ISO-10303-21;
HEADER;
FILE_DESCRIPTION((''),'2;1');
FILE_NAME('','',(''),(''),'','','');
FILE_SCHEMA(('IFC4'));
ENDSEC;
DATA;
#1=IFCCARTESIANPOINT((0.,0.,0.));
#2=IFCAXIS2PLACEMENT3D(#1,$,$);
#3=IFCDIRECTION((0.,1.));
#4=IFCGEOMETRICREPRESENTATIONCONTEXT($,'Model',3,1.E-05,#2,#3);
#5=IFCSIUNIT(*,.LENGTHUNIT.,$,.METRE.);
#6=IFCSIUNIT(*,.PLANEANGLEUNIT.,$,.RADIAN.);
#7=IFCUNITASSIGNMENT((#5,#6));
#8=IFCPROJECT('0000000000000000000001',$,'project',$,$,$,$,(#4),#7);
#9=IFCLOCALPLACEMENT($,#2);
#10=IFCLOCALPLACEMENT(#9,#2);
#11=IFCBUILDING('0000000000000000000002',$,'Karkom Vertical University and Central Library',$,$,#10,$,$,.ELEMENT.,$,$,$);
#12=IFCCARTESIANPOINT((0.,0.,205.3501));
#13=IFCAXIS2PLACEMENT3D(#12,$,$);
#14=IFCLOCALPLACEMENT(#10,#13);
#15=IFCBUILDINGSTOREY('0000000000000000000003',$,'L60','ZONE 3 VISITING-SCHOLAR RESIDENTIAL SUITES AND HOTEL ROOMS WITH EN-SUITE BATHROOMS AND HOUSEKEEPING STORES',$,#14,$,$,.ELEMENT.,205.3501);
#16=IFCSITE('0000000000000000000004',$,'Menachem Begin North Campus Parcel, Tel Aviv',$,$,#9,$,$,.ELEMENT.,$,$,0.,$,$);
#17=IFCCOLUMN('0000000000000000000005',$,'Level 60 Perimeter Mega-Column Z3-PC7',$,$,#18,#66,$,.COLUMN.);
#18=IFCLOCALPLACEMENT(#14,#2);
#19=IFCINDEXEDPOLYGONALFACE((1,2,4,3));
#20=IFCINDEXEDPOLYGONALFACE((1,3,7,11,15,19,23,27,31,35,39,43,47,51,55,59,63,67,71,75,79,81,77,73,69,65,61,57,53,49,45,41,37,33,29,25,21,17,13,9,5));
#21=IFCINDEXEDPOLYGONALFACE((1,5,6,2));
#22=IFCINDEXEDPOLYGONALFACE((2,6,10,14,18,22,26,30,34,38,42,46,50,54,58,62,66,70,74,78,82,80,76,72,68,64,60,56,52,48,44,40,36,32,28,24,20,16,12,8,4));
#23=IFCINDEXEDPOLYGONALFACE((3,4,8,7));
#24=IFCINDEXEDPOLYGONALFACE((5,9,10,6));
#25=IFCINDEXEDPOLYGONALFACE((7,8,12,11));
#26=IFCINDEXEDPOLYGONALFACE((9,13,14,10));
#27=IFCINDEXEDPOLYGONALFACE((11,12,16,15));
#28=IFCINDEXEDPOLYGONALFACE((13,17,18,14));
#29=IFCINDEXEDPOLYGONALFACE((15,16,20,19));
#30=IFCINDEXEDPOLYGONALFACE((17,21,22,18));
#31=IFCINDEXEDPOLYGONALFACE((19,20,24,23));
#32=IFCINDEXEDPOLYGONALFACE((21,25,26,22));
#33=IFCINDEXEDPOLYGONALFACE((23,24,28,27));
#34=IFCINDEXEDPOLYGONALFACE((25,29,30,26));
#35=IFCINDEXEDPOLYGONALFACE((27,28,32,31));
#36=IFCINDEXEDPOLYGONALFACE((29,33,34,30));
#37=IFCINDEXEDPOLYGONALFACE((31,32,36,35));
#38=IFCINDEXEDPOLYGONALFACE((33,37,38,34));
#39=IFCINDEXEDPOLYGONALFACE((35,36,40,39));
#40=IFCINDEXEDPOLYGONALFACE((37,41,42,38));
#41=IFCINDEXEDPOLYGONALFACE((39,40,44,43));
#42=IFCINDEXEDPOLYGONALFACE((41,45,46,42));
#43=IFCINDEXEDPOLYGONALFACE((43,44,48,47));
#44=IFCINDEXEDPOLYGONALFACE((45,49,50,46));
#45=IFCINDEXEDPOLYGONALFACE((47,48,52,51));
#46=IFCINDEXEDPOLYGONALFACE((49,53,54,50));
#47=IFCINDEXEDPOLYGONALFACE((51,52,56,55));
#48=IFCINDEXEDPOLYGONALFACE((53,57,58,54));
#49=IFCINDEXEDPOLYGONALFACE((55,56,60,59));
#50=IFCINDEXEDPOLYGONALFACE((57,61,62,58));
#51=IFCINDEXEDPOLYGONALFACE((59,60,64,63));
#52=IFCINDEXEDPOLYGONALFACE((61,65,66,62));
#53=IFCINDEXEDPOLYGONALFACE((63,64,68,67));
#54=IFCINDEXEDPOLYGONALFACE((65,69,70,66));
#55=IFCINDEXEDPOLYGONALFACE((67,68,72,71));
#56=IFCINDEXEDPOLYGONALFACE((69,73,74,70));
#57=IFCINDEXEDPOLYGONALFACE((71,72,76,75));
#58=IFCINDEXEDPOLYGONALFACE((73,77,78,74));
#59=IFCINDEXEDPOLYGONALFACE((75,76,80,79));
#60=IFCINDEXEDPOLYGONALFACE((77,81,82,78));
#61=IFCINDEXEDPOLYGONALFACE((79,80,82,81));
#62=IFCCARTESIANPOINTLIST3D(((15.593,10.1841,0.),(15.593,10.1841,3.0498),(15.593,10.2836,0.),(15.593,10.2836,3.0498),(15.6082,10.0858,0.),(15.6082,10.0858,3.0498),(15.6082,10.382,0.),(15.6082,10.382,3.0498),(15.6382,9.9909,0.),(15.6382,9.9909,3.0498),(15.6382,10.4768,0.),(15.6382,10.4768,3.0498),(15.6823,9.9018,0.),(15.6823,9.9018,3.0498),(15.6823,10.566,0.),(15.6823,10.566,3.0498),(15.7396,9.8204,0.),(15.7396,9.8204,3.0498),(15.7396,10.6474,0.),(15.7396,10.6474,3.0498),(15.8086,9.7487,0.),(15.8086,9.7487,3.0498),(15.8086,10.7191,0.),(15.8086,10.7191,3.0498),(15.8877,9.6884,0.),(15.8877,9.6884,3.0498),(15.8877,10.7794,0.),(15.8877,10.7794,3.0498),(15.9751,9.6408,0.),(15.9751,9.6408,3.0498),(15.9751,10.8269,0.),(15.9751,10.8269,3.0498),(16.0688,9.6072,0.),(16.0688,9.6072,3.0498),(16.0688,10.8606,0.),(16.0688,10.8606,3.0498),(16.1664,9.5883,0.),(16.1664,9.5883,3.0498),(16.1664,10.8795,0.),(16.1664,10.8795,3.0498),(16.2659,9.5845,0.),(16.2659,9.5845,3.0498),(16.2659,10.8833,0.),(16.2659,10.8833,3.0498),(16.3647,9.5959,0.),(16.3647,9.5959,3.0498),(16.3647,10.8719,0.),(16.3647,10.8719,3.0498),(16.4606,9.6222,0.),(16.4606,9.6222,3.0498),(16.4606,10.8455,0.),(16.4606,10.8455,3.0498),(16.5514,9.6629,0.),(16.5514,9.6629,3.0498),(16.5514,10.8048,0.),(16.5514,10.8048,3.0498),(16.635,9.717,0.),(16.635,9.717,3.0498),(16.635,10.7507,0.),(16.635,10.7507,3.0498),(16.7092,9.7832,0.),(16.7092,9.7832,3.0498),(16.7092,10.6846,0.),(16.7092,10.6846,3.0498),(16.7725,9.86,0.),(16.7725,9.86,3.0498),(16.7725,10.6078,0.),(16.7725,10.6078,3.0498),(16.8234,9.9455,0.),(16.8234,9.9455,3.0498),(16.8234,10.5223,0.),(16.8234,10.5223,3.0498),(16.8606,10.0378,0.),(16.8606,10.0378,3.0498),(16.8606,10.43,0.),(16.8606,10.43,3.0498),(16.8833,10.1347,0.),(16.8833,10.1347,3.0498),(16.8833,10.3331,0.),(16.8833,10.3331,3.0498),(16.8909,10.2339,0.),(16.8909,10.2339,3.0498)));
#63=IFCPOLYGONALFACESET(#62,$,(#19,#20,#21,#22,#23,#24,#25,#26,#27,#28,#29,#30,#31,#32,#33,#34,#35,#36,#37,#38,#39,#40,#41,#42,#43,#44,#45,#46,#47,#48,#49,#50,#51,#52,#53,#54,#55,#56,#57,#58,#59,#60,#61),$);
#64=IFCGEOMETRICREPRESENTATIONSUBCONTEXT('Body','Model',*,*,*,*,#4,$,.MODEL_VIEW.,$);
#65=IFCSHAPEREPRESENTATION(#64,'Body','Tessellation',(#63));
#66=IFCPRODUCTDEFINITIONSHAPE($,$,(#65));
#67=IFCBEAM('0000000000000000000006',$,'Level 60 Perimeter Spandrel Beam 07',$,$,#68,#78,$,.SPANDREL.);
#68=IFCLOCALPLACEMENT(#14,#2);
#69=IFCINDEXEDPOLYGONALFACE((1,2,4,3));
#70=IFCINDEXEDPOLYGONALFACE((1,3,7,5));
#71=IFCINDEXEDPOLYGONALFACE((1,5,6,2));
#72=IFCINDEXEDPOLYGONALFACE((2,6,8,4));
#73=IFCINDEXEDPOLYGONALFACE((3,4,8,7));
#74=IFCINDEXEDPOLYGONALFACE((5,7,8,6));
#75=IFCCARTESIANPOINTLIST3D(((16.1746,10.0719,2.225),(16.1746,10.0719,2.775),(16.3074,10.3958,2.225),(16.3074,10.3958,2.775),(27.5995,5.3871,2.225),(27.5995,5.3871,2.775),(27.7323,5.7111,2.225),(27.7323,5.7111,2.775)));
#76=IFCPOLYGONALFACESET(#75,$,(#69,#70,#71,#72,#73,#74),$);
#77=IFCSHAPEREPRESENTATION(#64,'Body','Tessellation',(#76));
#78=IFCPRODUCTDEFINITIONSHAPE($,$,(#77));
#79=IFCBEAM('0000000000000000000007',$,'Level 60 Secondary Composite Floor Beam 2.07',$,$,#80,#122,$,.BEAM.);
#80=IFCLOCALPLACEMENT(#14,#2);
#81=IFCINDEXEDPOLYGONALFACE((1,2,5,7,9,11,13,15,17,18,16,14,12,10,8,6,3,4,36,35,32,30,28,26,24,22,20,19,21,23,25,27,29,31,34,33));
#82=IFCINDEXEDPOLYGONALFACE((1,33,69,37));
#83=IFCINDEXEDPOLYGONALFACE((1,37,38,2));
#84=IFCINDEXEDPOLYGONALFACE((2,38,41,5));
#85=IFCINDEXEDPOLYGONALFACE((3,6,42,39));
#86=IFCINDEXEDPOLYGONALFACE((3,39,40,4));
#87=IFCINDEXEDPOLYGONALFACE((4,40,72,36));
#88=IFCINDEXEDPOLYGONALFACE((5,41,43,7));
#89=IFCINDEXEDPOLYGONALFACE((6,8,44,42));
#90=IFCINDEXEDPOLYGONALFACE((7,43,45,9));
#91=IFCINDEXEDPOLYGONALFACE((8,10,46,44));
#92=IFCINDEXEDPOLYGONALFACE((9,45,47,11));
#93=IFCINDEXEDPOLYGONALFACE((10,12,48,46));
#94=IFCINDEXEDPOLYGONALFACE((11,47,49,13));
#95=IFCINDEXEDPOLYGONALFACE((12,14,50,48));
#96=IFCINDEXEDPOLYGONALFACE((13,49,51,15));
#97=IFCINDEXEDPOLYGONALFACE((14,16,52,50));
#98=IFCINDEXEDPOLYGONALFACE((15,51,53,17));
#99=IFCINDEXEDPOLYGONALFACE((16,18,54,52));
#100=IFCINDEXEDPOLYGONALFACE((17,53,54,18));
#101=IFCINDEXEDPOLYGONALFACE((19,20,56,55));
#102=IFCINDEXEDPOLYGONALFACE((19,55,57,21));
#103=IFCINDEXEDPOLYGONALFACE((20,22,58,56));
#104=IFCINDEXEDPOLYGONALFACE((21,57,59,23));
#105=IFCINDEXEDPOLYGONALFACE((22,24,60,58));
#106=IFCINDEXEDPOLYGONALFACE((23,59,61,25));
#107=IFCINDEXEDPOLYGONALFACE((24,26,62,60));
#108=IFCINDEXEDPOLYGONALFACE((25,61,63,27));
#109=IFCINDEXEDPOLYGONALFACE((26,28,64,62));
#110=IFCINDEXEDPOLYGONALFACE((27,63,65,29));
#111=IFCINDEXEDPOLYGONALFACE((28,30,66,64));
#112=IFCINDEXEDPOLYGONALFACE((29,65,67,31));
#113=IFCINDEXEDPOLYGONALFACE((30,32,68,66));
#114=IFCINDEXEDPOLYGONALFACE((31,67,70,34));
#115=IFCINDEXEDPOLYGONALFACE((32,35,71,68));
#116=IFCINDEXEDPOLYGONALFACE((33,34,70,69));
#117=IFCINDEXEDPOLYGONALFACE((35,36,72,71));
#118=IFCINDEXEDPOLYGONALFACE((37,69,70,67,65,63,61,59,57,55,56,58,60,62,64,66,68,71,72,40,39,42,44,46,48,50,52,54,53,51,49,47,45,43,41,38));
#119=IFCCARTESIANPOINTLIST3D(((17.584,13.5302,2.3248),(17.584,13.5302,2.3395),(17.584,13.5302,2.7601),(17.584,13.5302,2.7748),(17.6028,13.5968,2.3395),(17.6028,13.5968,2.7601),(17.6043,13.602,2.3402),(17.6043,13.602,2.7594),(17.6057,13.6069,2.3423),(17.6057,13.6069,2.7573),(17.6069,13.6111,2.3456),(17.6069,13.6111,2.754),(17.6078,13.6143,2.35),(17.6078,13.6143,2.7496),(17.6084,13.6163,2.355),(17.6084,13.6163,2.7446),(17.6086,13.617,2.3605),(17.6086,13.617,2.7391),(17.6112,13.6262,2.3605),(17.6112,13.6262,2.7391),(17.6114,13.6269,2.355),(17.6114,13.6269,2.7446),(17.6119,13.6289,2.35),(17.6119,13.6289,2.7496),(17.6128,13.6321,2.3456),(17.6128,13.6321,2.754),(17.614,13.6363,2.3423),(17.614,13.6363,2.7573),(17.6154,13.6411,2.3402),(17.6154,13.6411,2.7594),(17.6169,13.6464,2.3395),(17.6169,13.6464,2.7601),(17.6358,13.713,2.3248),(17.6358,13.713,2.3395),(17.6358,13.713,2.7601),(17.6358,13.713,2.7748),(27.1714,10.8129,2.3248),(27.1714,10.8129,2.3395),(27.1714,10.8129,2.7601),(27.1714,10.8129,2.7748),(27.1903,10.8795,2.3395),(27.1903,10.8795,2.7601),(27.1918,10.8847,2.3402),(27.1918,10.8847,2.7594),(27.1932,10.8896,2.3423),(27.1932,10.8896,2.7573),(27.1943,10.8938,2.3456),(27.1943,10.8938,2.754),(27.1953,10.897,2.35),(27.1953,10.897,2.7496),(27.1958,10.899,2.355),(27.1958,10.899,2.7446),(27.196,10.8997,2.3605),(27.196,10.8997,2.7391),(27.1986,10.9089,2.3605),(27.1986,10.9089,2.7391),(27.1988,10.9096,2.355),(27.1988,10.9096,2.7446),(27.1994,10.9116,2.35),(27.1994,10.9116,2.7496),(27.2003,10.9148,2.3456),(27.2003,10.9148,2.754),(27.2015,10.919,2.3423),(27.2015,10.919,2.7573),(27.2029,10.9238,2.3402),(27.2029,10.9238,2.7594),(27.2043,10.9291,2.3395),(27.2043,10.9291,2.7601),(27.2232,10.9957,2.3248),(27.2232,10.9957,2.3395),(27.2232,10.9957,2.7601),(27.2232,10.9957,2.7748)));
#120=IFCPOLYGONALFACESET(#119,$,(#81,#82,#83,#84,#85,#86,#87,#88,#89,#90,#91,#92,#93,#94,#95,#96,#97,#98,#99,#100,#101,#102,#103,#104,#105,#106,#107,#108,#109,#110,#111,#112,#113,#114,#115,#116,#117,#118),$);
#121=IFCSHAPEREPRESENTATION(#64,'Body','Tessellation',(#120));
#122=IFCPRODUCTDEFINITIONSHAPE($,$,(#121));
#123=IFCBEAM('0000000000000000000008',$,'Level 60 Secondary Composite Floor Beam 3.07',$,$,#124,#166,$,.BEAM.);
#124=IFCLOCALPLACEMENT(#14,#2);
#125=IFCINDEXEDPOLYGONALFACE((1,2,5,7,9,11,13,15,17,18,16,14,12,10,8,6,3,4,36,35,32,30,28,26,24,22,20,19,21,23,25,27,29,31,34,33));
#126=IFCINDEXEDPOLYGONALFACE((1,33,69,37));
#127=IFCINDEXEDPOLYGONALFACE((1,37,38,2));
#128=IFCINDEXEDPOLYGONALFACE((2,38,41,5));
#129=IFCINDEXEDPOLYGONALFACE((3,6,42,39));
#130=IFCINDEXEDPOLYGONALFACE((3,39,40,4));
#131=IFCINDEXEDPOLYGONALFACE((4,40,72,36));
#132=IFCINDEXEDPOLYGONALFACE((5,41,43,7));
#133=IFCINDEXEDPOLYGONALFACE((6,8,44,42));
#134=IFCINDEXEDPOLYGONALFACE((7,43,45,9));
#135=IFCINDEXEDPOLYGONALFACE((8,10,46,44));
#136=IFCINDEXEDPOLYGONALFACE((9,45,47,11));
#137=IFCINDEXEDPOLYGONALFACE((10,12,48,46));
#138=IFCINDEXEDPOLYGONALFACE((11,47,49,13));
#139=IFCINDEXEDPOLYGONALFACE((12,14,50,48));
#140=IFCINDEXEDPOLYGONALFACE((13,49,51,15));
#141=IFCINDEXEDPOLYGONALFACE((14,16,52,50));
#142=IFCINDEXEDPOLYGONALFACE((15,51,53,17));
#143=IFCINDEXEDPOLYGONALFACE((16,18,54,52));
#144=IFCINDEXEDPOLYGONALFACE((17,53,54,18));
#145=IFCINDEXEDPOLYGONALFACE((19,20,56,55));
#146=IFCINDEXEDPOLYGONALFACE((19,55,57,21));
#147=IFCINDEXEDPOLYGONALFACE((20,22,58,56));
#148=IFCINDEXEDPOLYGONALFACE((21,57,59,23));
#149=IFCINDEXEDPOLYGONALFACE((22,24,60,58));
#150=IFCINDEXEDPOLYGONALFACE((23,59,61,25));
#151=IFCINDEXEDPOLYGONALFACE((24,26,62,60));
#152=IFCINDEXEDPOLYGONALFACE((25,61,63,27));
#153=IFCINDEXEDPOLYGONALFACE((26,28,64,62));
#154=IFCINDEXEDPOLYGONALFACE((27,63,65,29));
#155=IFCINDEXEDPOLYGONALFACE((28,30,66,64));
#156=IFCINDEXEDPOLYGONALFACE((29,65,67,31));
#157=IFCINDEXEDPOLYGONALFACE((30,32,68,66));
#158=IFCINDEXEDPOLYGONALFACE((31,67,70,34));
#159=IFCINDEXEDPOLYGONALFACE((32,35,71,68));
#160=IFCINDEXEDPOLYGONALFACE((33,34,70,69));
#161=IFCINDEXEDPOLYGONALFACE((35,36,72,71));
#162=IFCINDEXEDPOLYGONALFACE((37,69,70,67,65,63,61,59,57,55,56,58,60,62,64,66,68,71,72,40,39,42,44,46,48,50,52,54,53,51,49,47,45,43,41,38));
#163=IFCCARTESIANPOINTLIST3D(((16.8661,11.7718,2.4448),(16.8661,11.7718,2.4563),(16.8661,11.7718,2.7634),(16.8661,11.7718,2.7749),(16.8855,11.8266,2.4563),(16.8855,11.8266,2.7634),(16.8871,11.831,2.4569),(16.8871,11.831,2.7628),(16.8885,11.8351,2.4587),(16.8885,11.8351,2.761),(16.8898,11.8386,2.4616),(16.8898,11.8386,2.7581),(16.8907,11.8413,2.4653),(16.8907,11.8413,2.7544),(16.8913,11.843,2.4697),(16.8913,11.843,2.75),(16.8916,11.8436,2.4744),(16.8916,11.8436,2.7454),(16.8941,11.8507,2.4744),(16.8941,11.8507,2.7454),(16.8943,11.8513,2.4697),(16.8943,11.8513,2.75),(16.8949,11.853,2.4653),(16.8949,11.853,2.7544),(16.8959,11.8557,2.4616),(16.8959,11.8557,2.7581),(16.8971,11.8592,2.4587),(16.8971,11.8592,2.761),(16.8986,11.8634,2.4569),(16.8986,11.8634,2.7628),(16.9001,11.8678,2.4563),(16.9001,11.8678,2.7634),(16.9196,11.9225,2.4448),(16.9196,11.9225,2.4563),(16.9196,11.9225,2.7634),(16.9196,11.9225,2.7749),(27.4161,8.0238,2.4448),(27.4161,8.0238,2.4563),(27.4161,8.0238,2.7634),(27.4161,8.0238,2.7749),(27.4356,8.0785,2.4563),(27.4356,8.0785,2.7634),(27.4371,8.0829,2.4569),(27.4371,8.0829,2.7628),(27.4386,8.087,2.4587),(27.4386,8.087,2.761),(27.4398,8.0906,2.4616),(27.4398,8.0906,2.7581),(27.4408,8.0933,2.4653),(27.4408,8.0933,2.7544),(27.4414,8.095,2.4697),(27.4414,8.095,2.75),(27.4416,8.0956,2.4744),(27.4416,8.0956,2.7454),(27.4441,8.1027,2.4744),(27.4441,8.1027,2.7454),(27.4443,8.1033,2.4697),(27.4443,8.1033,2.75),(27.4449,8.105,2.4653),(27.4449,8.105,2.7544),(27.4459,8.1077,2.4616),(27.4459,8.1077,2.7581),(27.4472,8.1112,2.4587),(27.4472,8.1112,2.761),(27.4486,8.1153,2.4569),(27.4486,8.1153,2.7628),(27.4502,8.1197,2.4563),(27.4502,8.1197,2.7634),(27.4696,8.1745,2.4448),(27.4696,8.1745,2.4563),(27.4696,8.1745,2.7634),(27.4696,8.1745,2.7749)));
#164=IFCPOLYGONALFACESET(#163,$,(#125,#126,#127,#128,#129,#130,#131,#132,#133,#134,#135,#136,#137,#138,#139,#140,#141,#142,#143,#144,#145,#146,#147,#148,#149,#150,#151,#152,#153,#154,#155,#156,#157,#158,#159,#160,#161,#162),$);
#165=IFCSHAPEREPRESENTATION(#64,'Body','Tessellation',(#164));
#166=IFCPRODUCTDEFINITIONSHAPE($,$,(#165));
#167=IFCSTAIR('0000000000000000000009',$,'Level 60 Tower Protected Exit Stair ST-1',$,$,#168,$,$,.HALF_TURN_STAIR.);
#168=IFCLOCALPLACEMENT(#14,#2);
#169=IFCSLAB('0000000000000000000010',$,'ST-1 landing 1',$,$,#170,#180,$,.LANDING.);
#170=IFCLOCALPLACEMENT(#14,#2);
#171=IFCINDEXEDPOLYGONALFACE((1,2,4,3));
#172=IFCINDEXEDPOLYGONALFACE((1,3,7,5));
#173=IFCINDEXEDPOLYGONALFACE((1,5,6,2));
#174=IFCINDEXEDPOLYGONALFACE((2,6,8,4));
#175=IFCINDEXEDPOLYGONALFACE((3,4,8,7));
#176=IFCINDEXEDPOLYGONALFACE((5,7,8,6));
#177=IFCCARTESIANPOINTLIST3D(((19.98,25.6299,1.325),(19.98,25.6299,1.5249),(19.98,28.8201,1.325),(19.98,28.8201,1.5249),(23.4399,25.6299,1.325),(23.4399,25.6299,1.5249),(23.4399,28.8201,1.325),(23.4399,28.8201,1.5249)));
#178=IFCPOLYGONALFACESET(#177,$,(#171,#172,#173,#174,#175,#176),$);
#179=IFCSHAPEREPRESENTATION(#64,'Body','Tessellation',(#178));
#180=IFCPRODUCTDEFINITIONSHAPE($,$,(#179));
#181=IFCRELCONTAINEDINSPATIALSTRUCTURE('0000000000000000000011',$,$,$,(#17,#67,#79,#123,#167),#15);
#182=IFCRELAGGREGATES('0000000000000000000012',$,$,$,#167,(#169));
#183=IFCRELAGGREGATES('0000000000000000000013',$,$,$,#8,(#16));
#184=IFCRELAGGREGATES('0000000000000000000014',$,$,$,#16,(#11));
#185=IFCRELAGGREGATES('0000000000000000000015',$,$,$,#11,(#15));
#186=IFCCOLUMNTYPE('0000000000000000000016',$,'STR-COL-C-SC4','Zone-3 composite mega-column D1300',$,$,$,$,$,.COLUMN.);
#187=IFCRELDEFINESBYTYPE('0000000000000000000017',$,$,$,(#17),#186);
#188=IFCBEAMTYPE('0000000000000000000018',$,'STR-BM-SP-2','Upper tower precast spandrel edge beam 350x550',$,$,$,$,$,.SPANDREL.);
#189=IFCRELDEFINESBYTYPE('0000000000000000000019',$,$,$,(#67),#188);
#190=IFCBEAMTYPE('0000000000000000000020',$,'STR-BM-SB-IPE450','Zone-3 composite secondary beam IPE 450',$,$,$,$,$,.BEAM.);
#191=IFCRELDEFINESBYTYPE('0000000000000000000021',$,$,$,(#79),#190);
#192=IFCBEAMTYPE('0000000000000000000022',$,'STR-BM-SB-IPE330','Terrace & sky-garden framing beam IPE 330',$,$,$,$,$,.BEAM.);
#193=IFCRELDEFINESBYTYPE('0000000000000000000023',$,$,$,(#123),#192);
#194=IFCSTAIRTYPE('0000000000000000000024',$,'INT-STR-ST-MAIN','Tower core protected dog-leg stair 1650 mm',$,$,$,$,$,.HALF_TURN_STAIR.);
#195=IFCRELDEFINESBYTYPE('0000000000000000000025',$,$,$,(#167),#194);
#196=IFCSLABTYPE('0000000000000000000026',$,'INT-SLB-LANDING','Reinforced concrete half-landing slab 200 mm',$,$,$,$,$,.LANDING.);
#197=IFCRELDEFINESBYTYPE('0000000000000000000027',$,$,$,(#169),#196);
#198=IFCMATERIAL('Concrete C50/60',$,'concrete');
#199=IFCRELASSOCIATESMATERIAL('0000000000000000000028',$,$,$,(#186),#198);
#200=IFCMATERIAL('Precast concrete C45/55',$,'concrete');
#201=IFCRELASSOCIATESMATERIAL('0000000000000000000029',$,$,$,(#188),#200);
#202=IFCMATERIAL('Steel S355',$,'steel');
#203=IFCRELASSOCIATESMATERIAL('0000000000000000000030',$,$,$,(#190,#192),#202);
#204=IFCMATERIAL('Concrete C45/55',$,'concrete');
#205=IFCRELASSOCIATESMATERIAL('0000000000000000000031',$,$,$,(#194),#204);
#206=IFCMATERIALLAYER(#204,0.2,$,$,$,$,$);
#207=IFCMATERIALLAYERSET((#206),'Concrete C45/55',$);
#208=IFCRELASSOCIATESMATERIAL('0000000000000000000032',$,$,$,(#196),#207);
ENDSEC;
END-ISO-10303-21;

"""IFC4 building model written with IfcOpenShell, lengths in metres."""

from ifc_helpers import new_model, si_unit, direction, frame, origin, origin_with_axes, origin_2d, place, context, subcontext, project, spatial, polyline, rectangle, circle, i_section, outline, extrude, source, transform, mapped, material, layer, layer_set, material_profile, profile_set, type_object, element, aggregate, save


model = new_model("IFC4")

# Units and contexts
model_context = context("Model", 3, precision=1e-05, world=origin(), true_north=direction((0.0, 1.0)))
body_context = subcontext(model_context, "Body", "Model", "MODEL_VIEW")
ifc_project = project(units=[si_unit("LENGTHUNIT", "METRE"), si_unit("PLANEANGLEUNIT", "RADIAN")], contexts=[model_context])

# Site, building, storey
site_placement = place(None, origin())
site = spatial("IfcSite", under=ifc_project, at=site_placement, Name="Menachem Begin North Campus Parcel, Tel Aviv", CompositionType="ELEMENT", RefElevation=0.0)
building_placement = place(site_placement, origin())
building = spatial("IfcBuilding", under=site, at=building_placement, Name="Karkom Vertical University and Central Library", CompositionType="ELEMENT")
storey_placement = place(building_placement, frame((0.0, 0.0, 205.3501)))
storey = spatial("IfcBuildingStorey", under=building, at=storey_placement, Name="L60", Description="ZONE 3 VISITING-SCHOLAR RESIDENTIAL SUITES AND HOTEL ROOMS WITH EN-SUITE BATHROOMS AND HOUSEKEEPING STORES", CompositionType="ELEMENT", Elevation=205.3501)

# Column
ifc_material_1 = material(Name="Concrete C50/60", Category="concrete")
ifc_material_profile_1 = material_profile(ifc_material_1, circle(Radius=0.6499, at=origin_2d()), Name="CFT-D1300")
ifc_profile_set_1 = profile_set([ifc_material_profile_1], Name="Concrete C50/60")
column_type = type_object("IfcColumnType", Name="STR-COL-C-SC4", Description="Zone-3 composite mega-column D1300", PredefinedType="COLUMN", material=ifc_profile_set_1)
shared_shape_1 = source(origin_with_axes(), body_context, "Body", "SweptSolid", [
    extrude(circle(Radius=0.6499, at=origin_2d()), origin(), (0.0, 0.0, 1.0), 3.0498),
])
column_placement = place(storey_placement, frame((16.241, 10.2339, 0.0), z_axis=(0.0, 0.0, 1.0), x_axis=(1.0, 0.0, 0.0)))
element("IfcColumn", 1, at=column_placement, inside=storey, type_object=column_type, Name="Level 60 Perimeter Mega-Column Z3-PC7", PredefinedType="COLUMN", context=body_context, shape_type="MappedRepresentation", body=[
    mapped(shared_shape_1, transform((0.0, 0.0, 0.0), scale=1.0)),
])

# Beams
ifc_material_2 = material(Name="Precast concrete C45/55", Category="concrete")
ifc_material_profile_2 = material_profile(ifc_material_2, rectangle(XDim=0.3501, YDim=0.55, at=origin_2d()), Name="SPB-350x550")
ifc_profile_set_2 = profile_set([ifc_material_profile_2], Name="Precast concrete C45/55")
beam_type_1 = type_object("IfcBeamType", Name="STR-BM-SP-2", Description="Upper tower precast spandrel edge beam 350x550", PredefinedType="SPANDREL", material=ifc_profile_set_2)
shared_shape_2 = source(origin_with_axes(), body_context, "Body", "SweptSolid", [
    extrude(rectangle(XDim=0.3501, YDim=0.55, at=origin_2d()), origin(), (0.0, 0.0, 1.0), 12.3481),
])
beam_1_placement = place(storey_placement, frame((16.241, 10.2339, 2.5), z_axis=(0.925236, -0.379391, 0.0), x_axis=(0.379391, 0.925236, 0.0)))
element("IfcBeam", 2, at=beam_1_placement, inside=storey, type_object=beam_type_1, Name="Level 60 Perimeter Spandrel Beam 07", PredefinedType="SPANDREL", context=body_context, shape_type="MappedRepresentation", body=[
    mapped(shared_shape_2, transform((0.0, 0.0, 0.0), scale=1.0)),
])
ifc_material_3 = material(Name="Steel S355", Category="steel")
ifc_material_profile_3 = material_profile(ifc_material_3, i_section(OverallWidth=0.1899, OverallDepth=0.45, WebThickness=0.0095, FlangeThickness=0.0146, FilletRadius=0.021, at=origin_2d()), Name="IPE 450")
ifc_profile_set_3 = profile_set([ifc_material_profile_3], Name="Steel S355")
beam_type_2 = type_object("IfcBeamType", Name="STR-BM-SB-IPE450", Description="Zone-3 composite secondary beam IPE 450", PredefinedType="BEAM", material=ifc_profile_set_3)
shared_shape_3 = source(origin_with_axes(), body_context, "Body", "SweptSolid", [
    extrude(i_section(OverallWidth=0.1899, OverallDepth=0.45, WebThickness=0.0095, FlangeThickness=0.0146, FilletRadius=0.021, at=origin_2d()), origin(), (0.0, 0.0, 1.0), 9.9651),
])
beam_2_placement = place(storey_placement, frame((17.6099, 13.6216, 2.5498), z_axis=(0.962104, -0.272682, 0.0), x_axis=(0.272682, 0.962104, 0.0)))
element("IfcBeam", 3, at=beam_2_placement, inside=storey, type_object=beam_type_2, Name="Level 60 Secondary Composite Floor Beam 2.07", PredefinedType="BEAM", context=body_context, shape_type="MappedRepresentation", body=[
    mapped(shared_shape_3, transform((0.0, 0.0, 0.0), scale=1.0)),
])
ifc_material_profile_4 = material_profile(ifc_material_3, i_section(OverallWidth=0.1599, OverallDepth=0.3301, WebThickness=0.0076, FlangeThickness=0.0115, FilletRadius=0.0181, at=origin_2d()), Name="IPE 330")
ifc_profile_set_4 = profile_set([ifc_material_profile_4], Name="Steel S355")
beam_type_3 = type_object("IfcBeamType", Name="STR-BM-SB-IPE330", Description="Terrace & sky-garden framing beam IPE 330", PredefinedType="BEAM", material=ifc_profile_set_4)
shared_shape_4 = source(origin_with_axes(), body_context, "Body", "SweptSolid", [
    extrude(i_section(OverallWidth=0.1599, OverallDepth=0.3301, WebThickness=0.0076, FlangeThickness=0.0115, FilletRadius=0.0181, at=origin_2d()), origin(), (0.0, 0.0, 1.0), 11.196),
])
beam_3_placement = place(storey_placement, frame((16.8928, 11.8472, 2.6099), z_axis=(0.942302, -0.334765, 0.0), x_axis=(0.334765, 0.942302, 0.0)))
element("IfcBeam", 4, at=beam_3_placement, inside=storey, type_object=beam_type_3, Name="Level 60 Secondary Composite Floor Beam 3.07", PredefinedType="BEAM", context=body_context, shape_type="MappedRepresentation", body=[
    mapped(shared_shape_4, transform((0.0, 0.0, 0.0), scale=1.0)),
])

# Stair, slab
ifc_material_4 = material(Name="Concrete C45/55", Category="concrete")
stair_type = type_object("IfcStairType", Name="INT-STR-ST-MAIN", Description="Tower core protected dog-leg stair 1650 mm", PredefinedType="HALF_TURN_STAIR", material=ifc_material_4)
stair_1_placement = place(storey_placement, origin())
stair_1 = element("IfcStair", 5, at=stair_1_placement, inside=storey, type_object=stair_type, Name="Level 60 Tower Protected Exit Stair ST-1", PredefinedType="HALF_TURN_STAIR")
ifc_layer_1 = layer(ifc_material_4, 0.2)
ifc_layer_set_1 = layer_set([ifc_layer_1], Name="Concrete C45/55")
slab_type_1 = type_object("IfcSlabType", Name="INT-SLB-LANDING", Description="Reinforced concrete half-landing slab 200 mm", PredefinedType="LANDING", material=ifc_layer_set_1)
slab_1_placement = place(storey_placement, frame((0.0, 0.0, 1.325)))
slab_1 = element("IfcSlab", 6, at=slab_1_placement, type_object=slab_type_1, Name="ST-1 landing 1", PredefinedType="LANDING", context=body_context, shape_type="SweptSolid", body=[
    extrude(outline(polyline([(23.4399, 25.6299), (23.4399, 28.8201), (19.98, 28.8201), (19.98, 25.6299), (23.4399, 25.6299)])), origin(), (0.0, 0.0, 1.0), 0.2),
])
aggregate(stair_1, [slab_1])

save(model, "model.ifc")
